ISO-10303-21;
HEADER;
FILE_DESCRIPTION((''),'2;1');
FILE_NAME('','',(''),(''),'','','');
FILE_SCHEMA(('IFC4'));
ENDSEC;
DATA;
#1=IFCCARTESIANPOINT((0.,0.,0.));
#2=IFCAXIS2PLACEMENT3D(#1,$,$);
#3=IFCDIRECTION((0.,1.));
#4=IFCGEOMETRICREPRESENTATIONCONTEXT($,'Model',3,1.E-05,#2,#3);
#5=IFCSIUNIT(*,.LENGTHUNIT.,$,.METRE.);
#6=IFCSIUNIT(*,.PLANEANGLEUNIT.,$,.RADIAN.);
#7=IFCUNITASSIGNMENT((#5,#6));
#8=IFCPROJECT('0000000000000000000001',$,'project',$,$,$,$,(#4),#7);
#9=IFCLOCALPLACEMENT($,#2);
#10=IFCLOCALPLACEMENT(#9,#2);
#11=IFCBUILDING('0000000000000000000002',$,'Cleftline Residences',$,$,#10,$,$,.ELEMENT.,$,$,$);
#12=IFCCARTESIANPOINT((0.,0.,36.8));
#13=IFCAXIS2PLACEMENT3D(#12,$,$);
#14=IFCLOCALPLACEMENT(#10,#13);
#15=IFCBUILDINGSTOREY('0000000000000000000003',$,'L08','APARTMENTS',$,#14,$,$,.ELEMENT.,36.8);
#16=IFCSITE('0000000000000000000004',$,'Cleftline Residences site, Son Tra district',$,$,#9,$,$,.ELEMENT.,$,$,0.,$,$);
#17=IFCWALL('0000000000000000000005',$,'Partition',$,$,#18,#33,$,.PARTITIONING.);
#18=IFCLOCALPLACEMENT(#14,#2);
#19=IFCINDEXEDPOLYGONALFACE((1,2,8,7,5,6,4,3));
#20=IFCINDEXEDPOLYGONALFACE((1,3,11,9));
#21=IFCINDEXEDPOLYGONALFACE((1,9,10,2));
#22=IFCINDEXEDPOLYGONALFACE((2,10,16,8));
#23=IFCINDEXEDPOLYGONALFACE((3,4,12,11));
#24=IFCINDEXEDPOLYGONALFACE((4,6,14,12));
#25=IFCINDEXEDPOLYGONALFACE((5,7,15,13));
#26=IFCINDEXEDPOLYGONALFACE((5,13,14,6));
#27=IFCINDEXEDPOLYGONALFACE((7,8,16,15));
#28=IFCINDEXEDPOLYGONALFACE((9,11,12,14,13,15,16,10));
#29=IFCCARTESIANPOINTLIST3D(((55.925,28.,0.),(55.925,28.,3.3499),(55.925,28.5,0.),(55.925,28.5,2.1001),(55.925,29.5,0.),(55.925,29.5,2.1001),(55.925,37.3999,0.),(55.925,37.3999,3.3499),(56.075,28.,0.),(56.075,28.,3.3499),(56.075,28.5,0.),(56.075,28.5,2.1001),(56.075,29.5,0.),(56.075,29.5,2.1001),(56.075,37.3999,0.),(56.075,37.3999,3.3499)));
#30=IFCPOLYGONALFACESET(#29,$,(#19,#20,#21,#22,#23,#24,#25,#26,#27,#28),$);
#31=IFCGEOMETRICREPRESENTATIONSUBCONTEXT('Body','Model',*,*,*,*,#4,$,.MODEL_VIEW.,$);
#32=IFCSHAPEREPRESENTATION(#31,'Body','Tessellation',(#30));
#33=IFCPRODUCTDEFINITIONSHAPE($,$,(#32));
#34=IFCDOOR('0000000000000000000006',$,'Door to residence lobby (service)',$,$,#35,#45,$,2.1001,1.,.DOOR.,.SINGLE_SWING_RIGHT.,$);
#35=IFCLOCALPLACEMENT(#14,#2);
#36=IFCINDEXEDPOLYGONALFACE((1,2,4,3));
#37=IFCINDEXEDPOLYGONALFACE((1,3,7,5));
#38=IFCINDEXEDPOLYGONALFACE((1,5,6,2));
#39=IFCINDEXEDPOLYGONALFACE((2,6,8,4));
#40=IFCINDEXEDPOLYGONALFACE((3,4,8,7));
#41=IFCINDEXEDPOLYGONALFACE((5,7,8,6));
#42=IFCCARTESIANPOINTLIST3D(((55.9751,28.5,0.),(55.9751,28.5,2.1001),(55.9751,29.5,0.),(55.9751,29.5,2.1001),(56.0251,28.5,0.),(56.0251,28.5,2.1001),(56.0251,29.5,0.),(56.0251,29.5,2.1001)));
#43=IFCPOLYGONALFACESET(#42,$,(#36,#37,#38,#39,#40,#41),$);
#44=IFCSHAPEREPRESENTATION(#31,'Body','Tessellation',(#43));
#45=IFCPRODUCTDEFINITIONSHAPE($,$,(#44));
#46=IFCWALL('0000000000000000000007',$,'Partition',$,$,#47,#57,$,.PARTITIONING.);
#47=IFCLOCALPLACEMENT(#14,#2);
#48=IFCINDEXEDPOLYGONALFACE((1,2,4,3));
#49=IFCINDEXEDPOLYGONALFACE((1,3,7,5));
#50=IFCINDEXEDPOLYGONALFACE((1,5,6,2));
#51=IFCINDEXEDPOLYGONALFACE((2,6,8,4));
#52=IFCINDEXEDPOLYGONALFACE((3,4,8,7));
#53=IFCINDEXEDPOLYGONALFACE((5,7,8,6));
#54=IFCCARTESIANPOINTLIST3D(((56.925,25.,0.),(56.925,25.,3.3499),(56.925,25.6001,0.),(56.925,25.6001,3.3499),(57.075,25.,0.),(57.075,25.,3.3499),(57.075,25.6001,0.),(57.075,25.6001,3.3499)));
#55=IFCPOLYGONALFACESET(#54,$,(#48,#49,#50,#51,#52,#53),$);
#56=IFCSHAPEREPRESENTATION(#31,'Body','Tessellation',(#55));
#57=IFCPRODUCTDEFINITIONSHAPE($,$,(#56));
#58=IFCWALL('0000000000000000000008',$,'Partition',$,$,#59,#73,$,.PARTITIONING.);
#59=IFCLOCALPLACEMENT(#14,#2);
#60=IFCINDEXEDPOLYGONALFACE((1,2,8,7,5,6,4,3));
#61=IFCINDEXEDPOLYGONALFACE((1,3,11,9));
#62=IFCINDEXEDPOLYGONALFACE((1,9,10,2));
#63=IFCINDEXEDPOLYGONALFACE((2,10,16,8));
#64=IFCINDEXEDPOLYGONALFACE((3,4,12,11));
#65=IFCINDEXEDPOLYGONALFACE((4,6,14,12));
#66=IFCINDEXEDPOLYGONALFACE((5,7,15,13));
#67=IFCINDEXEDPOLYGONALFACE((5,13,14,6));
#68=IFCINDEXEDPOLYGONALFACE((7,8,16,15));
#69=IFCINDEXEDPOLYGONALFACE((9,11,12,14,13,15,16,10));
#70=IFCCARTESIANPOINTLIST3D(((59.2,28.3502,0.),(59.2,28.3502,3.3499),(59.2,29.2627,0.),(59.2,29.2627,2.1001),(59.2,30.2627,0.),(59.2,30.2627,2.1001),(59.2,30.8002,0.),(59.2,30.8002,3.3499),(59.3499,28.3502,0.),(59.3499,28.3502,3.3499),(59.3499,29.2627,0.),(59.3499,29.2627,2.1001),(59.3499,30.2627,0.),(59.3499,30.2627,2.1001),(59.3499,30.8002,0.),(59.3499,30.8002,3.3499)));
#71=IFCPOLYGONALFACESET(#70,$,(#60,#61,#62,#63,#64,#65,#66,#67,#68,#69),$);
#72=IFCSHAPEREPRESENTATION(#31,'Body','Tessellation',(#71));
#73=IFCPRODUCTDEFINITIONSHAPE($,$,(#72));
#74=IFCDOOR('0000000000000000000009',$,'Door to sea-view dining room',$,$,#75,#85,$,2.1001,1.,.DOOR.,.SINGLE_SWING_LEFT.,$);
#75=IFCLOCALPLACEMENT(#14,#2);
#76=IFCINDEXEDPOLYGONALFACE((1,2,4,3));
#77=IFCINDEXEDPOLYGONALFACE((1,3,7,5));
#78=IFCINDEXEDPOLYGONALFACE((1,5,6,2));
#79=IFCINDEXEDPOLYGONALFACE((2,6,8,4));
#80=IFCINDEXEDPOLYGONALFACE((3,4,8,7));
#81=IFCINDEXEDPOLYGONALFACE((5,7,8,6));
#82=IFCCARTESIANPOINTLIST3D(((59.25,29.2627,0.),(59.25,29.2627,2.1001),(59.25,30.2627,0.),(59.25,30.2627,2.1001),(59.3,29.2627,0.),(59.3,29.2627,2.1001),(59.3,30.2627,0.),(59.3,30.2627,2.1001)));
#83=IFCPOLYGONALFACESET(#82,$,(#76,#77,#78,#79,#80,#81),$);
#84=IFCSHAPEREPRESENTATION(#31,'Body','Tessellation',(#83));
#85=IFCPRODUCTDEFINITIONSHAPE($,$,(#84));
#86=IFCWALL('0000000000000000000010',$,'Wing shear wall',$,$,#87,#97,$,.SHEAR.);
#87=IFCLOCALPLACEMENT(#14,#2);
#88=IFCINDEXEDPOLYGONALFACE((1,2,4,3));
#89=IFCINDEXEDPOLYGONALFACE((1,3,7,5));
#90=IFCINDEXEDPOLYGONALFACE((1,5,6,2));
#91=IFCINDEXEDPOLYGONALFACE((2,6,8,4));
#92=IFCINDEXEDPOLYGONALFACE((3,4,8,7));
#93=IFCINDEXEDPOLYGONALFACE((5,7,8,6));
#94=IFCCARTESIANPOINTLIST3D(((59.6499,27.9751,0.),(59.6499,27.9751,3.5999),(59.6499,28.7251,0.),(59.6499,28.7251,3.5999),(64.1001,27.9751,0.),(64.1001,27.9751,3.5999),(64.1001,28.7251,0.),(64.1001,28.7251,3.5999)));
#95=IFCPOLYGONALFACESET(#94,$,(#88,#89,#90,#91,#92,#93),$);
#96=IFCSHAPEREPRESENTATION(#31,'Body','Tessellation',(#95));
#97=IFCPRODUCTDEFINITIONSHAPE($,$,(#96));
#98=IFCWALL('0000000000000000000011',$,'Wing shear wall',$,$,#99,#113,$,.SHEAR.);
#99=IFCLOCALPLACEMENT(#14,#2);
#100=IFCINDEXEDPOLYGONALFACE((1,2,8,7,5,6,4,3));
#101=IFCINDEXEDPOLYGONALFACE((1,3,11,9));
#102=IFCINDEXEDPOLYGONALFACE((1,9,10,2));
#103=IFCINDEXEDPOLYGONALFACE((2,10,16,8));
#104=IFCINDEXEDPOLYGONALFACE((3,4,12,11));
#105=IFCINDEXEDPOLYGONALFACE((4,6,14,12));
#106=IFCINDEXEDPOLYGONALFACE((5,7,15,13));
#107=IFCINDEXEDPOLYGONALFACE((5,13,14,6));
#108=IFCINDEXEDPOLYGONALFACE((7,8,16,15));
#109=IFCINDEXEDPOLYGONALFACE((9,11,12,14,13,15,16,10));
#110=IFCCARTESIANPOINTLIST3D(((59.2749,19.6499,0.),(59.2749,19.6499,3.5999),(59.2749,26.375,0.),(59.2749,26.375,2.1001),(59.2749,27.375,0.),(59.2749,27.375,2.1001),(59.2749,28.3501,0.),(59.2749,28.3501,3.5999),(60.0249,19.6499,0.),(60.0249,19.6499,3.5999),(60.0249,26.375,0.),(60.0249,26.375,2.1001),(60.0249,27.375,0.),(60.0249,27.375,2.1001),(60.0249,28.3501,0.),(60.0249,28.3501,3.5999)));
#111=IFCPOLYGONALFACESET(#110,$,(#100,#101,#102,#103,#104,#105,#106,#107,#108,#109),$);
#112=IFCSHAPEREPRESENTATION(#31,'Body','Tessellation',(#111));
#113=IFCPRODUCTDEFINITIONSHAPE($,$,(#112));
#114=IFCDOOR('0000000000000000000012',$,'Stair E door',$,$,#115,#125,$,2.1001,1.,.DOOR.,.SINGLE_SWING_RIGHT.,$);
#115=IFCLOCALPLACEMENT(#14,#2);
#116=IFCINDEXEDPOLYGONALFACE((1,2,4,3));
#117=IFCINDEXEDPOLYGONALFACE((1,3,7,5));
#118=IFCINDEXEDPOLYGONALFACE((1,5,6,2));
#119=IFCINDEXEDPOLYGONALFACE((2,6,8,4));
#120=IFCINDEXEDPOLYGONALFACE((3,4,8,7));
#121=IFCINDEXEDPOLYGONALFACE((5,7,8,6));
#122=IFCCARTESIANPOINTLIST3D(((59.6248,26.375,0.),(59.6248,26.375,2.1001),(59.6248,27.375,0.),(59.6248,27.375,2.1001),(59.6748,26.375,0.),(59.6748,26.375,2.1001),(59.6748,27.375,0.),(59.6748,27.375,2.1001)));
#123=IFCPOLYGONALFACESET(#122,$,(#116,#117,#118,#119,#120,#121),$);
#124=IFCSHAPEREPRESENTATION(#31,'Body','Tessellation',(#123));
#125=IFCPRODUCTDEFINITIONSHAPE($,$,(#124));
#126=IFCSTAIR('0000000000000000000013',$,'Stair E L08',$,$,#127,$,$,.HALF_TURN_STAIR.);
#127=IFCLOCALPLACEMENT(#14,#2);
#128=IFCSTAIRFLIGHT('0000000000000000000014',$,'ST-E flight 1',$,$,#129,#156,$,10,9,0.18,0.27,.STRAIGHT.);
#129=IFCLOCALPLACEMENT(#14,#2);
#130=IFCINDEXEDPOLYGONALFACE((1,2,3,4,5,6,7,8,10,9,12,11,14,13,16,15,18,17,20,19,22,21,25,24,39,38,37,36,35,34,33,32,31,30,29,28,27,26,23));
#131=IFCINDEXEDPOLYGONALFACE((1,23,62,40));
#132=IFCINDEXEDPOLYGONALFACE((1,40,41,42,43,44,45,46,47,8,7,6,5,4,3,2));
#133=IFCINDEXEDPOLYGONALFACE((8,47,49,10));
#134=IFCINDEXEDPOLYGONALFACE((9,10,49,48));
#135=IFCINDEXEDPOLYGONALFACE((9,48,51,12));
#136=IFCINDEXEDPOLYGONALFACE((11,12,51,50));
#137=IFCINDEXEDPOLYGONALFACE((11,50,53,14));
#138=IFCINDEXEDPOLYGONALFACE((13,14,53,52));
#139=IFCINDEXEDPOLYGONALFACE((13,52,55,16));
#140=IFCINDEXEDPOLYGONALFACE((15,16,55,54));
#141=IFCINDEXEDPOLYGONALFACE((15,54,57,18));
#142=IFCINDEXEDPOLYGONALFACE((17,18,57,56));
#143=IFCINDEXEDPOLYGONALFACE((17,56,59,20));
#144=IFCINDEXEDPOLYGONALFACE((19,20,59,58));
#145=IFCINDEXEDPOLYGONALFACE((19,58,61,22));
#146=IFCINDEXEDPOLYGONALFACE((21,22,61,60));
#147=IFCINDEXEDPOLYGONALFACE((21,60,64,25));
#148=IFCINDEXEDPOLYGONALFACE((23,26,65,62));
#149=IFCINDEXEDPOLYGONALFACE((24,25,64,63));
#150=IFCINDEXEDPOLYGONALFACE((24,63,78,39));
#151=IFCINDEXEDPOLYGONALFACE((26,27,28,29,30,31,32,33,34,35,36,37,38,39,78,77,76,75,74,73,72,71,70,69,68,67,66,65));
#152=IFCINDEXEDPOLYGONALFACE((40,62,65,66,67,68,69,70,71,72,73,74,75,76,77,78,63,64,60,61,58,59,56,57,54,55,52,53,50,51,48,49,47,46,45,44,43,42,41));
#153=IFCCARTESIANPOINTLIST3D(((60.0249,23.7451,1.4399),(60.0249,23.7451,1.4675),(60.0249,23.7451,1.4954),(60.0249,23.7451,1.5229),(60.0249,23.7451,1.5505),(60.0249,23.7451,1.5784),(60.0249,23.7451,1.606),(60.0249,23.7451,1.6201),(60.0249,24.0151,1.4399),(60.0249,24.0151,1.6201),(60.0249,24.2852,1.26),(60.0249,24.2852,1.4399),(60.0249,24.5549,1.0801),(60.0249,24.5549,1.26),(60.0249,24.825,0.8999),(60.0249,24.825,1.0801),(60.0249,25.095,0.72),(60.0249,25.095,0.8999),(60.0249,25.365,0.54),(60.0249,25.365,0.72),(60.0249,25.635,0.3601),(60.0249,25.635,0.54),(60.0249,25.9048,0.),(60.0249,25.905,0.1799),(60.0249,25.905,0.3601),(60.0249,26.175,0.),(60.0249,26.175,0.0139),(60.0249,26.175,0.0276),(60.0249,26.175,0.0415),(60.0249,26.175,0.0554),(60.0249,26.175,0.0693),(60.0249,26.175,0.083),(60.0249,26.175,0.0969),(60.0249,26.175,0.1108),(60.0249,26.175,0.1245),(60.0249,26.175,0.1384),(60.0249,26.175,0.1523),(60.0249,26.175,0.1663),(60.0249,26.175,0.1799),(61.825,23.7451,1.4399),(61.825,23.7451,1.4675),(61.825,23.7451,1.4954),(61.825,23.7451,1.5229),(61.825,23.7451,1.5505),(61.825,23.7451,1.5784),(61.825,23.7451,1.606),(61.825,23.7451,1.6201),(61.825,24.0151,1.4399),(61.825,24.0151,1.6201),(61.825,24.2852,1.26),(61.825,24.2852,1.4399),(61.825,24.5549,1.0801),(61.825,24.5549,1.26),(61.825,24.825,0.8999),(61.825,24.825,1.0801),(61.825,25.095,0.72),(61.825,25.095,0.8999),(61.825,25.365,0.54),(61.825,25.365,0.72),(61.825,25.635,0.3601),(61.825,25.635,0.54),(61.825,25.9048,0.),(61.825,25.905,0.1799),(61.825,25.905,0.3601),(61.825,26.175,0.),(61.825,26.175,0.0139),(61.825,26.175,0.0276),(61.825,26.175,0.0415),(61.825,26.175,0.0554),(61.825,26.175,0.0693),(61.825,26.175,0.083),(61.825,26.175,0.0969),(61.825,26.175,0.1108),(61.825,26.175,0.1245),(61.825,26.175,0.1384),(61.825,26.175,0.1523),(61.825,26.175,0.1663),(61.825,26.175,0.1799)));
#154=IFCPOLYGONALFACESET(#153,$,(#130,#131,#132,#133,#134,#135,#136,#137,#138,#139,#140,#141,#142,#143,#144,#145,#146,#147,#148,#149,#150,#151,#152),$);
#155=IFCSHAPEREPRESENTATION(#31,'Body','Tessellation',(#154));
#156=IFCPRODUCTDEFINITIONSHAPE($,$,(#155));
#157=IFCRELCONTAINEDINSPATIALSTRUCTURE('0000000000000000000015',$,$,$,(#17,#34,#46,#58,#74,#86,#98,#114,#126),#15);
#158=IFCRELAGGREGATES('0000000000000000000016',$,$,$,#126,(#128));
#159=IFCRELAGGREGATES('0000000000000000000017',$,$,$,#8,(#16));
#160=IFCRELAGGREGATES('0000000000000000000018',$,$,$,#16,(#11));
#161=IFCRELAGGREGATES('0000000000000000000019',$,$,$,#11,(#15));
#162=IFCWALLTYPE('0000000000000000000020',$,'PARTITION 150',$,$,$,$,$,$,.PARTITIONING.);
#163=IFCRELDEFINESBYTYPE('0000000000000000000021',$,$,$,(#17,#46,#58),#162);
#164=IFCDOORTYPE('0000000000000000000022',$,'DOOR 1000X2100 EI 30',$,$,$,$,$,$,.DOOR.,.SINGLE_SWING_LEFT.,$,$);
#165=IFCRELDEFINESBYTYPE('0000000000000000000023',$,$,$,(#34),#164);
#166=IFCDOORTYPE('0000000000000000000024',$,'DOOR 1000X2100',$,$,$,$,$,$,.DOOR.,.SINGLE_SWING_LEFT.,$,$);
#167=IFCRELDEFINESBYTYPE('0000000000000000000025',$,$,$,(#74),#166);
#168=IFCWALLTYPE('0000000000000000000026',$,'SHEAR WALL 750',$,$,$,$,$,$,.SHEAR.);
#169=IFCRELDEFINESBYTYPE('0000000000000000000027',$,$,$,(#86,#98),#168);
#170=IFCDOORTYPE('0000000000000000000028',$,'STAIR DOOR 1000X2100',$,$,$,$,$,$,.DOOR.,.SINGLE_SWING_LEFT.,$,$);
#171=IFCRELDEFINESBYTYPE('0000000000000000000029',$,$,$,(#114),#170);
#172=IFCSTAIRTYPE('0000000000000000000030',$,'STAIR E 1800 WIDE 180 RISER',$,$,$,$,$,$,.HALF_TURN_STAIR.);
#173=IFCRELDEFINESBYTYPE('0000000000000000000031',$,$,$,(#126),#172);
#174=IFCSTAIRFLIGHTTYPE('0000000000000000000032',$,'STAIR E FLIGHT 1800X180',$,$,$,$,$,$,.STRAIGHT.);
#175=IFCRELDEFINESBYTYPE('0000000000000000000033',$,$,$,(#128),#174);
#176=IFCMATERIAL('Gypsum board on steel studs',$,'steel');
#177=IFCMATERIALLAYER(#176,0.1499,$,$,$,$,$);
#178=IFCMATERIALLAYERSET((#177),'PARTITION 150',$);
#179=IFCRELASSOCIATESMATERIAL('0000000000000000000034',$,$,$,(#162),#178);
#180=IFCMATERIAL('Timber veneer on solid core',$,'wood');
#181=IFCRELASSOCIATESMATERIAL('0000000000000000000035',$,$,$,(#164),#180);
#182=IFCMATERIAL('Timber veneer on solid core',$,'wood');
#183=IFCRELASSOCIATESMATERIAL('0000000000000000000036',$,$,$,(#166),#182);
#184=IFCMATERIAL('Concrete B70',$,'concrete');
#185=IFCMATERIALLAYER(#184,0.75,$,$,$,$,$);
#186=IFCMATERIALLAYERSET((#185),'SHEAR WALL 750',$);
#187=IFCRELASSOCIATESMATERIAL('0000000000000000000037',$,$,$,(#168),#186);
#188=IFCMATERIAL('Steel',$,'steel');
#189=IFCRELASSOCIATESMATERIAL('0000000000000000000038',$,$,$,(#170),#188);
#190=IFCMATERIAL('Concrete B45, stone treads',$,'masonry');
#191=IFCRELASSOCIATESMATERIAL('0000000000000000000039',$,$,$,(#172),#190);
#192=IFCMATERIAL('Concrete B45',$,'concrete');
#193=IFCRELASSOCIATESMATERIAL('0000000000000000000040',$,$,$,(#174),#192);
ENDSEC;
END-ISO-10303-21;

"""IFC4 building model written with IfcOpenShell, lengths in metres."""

from ifc_helpers import new_model, si_unit, direction, frame, frame_2d, origin, place, context, subcontext, project, spatial, polyline, rectangle, outline, extrude, material, layer, layer_set, type_object, element, fill, aggregate, save


model = new_model("IFC4")

# Units and contexts
model_context = context("Model", 3, precision=1e-05, world=origin(), true_north=direction((0.0, 1.0)))
body_context = subcontext(model_context, "Body", "Model", "MODEL_VIEW")
ifc_project = project(units=[si_unit("LENGTHUNIT", "METRE"), si_unit("PLANEANGLEUNIT", "RADIAN")], contexts=[model_context])

# Site, building, storey
site_placement = place(None, origin())
site = spatial("IfcSite", under=ifc_project, at=site_placement, Name="Cleftline Residences site, Son Tra district", CompositionType="ELEMENT", RefElevation=0.0)
building_placement = place(site_placement, origin())
building = spatial("IfcBuilding", under=site, at=building_placement, Name="Cleftline Residences", CompositionType="ELEMENT")
storey_placement = place(building_placement, frame((0.0, 0.0, 36.8)))
storey = spatial("IfcBuildingStorey", under=building, at=storey_placement, Name="L08", Description="APARTMENTS", CompositionType="ELEMENT", Elevation=36.8)

# Shared definitions
ifc_material_1 = material(Name="Gypsum board on steel studs", Category="steel")
ifc_layer_1 = layer(ifc_material_1, 0.1499)
ifc_layer_set_1 = layer_set([ifc_layer_1], Name="PARTITION 150")
wall_type_1 = type_object("IfcWallType", Name="PARTITION 150", PredefinedType="PARTITIONING", material=ifc_layer_set_1)

# Wall, opening, door
wall_1_placement = place(storey_placement, frame((56.0, 28.0, 0.0), z_axis=(0.0, 0.0, 1.0), x_axis=(0.0, 1.0, 0.0)))
wall_1 = element("IfcWall", 1, at=wall_1_placement, inside=storey, type_object=wall_type_1, Name="Partition", PredefinedType="PARTITIONING", context=body_context, shape_type="SweptSolid", body=[
    extrude(rectangle(XDim=9.3999, YDim=0.1499, at=frame_2d((4.7, 0.0))), origin(), (0.0, 0.0, 1.0), 3.3499),
])
opening_1_placement = place(wall_1_placement, frame((0.5, 0.0, 0.0)))
opening_1 = element("IfcOpeningElement", 2, at=opening_1_placement, cuts=wall_1, PredefinedType="OPENING", context=body_context, shape_type="SweptSolid", body=[
    extrude(rectangle(XDim=1.0, YDim=2.1001, at=frame_2d((0.5, 1.05))), frame((0.0, 0.085, 0.0), z_axis=(0.0, -1.0, 0.0), x_axis=(1.0, 0.0, 0.0)), (0.0, 0.0, 1.0), 0.1699),
])
ifc_material_2 = material(Name="Timber veneer on solid core", Category="wood")
door_type_1 = type_object("IfcDoorType", Name="DOOR 1000X2100 EI 30", OperationType="SINGLE_SWING_LEFT", PredefinedType="DOOR", material=ifc_material_2)
door_1_placement = place(opening_1_placement, origin())
door_1 = element("IfcDoor", 3, at=door_1_placement, inside=storey, type_object=door_type_1, Name="Door to residence lobby (service)", OperationType="SINGLE_SWING_RIGHT", OverallHeight=2.1001, OverallWidth=1.0, PredefinedType="DOOR", context=body_context, shape_type="SweptSolid", body=[
    extrude(rectangle(XDim=1.0, YDim=2.1001, at=frame_2d((0.5, 1.05))), frame((0.0, 0.0249, 0.0), z_axis=(0.0, -1.0, 0.0), x_axis=(1.0, 0.0, 0.0)), (0.0, 0.0, 1.0), 0.05),
])
fill(opening_1, door_1)

# Wall
wall_2_placement = place(storey_placement, frame((57.0, 25.0, 0.0), z_axis=(0.0, 0.0, 1.0), x_axis=(0.0, 1.0, 0.0)))
element("IfcWall", 4, at=wall_2_placement, inside=storey, type_object=wall_type_1, Name="Partition", PredefinedType="PARTITIONING", context=body_context, shape_type="SweptSolid", body=[
    extrude(rectangle(XDim=0.6001, YDim=0.1499, at=frame_2d((0.3, 0.0))), origin(), (0.0, 0.0, 1.0), 3.3499),
])

# Wall, opening, door
wall_3_placement = place(storey_placement, frame((59.2749, 28.3501, 0.0), z_axis=(0.0, 0.0, 1.0), x_axis=(0.0, 1.0, 0.0)))
wall_3 = element("IfcWall", 5, at=wall_3_placement, inside=storey, type_object=wall_type_1, Name="Partition", PredefinedType="PARTITIONING", context=body_context, shape_type="SweptSolid", body=[
    extrude(rectangle(XDim=2.45, YDim=0.1499, at=frame_2d((1.2251, 0.0))), origin(), (0.0, 0.0, 1.0), 3.3499),
])
opening_2_placement = place(wall_3_placement, frame((0.9126, 0.0, 0.0)))
opening_2 = element("IfcOpeningElement", 6, at=opening_2_placement, cuts=wall_3, PredefinedType="OPENING", context=body_context, shape_type="SweptSolid", body=[
    extrude(rectangle(XDim=1.0, YDim=2.1001, at=frame_2d((0.5, 1.05))), frame((0.0, 0.085, 0.0), z_axis=(0.0, -1.0, 0.0), x_axis=(1.0, 0.0, 0.0)), (0.0, 0.0, 1.0), 0.1699),
])
ifc_material_3 = material(Name="Timber veneer on solid core", Category="wood")
door_type_2 = type_object("IfcDoorType", Name="DOOR 1000X2100", OperationType="SINGLE_SWING_LEFT", PredefinedType="DOOR", material=ifc_material_3)
door_2_placement = place(opening_2_placement, origin())
door_2 = element("IfcDoor", 7, at=door_2_placement, inside=storey, type_object=door_type_2, Name="Door to sea-view dining room", OperationType="SINGLE_SWING_LEFT", OverallHeight=2.1001, OverallWidth=1.0, PredefinedType="DOOR", context=body_context, shape_type="SweptSolid", body=[
    extrude(rectangle(XDim=1.0, YDim=2.1001, at=frame_2d((0.5, 1.05))), frame((0.0, 0.0249, 0.0), z_axis=(0.0, -1.0, 0.0), x_axis=(1.0, 0.0, 0.0)), (0.0, 0.0, 1.0), 0.05),
])
fill(opening_2, door_2)

# Wall
ifc_material_4 = material(Name="Concrete B70", Category="concrete")
ifc_layer_2 = layer(ifc_material_4, 0.75)
ifc_layer_set_2 = layer_set([ifc_layer_2], Name="SHEAR WALL 750")
wall_type_2 = type_object("IfcWallType", Name="SHEAR WALL 750", PredefinedType="SHEAR", material=ifc_layer_set_2)
wall_4_placement = place(storey_placement, frame((64.1001, 28.3501, 0.0), z_axis=(0.0, 0.0, 1.0), x_axis=(-1.0, 0.0, 0.0)))
element("IfcWall", 8, at=wall_4_placement, inside=storey, type_object=wall_type_2, Name="Wing shear wall", PredefinedType="SHEAR", context=body_context, shape_type="SweptSolid", body=[
    extrude(rectangle(XDim=4.4502, YDim=0.75, at=frame_2d((2.2251, 0.0))), origin(), (0.0, 0.0, 1.0), 3.5999),
])

# Wall, opening, door
wall_5_placement = place(storey_placement, frame((59.6499, 28.3501, 0.0), z_axis=(0.0, 0.0, 1.0), x_axis=(0.0, -1.0, 0.0)))
wall_5 = element("IfcWall", 9, at=wall_5_placement, inside=storey, type_object=wall_type_2, Name="Wing shear wall", PredefinedType="SHEAR", context=body_context, shape_type="SweptSolid", body=[
    extrude(rectangle(XDim=8.7002, YDim=0.75, at=frame_2d((4.3501, 0.0))), origin(), (0.0, 0.0, 1.0), 3.5999),
])
opening_3_placement = place(wall_5_placement, frame((0.9751, 0.0, 0.0)))
opening_3 = element("IfcOpeningElement", 10, at=opening_3_placement, cuts=wall_5, PredefinedType="OPENING", context=body_context, shape_type="SweptSolid", body=[
    extrude(rectangle(XDim=1.0, YDim=2.1001, at=frame_2d((0.5, 1.05))), frame((0.0, 0.385, 0.0), z_axis=(0.0, -1.0, 0.0), x_axis=(1.0, 0.0, 0.0)), (0.0, 0.0, 1.0), 0.77),
])
ifc_material_5 = material(Name="Steel", Category="steel")
door_type_3 = type_object("IfcDoorType", Name="STAIR DOOR 1000X2100", OperationType="SINGLE_SWING_LEFT", PredefinedType="DOOR", material=ifc_material_5)
door_3_placement = place(opening_3_placement, origin())
door_3 = element("IfcDoor", 11, at=door_3_placement, inside=storey, type_object=door_type_3, Name="Stair E door", OperationType="SINGLE_SWING_RIGHT", OverallHeight=2.1001, OverallWidth=1.0, PredefinedType="DOOR", context=body_context, shape_type="SweptSolid", body=[
    extrude(rectangle(XDim=1.0, YDim=2.1001, at=frame_2d((0.5, 1.05))), frame((0.0, 0.0249, 0.0), z_axis=(0.0, -1.0, 0.0), x_axis=(1.0, 0.0, 0.0)), (0.0, 0.0, 1.0), 0.05),
])
fill(opening_3, door_3)

# Stair, stair flight
ifc_material_6 = material(Name="Concrete B45, stone treads", Category="masonry")
stair_type = type_object("IfcStairType", Name="STAIR E 1800 WIDE 180 RISER", PredefinedType="HALF_TURN_STAIR", material=ifc_material_6)
stair_placement = place(storey_placement, origin())
stair = element("IfcStair", 12, at=stair_placement, inside=storey, type_object=stair_type, Name="Stair E L08", PredefinedType="HALF_TURN_STAIR")
ifc_material_7 = material(Name="Concrete B45", Category="concrete")
stair_flight_type = type_object("IfcStairFlightType", Name="STAIR E FLIGHT 1800X180", PredefinedType="STRAIGHT", material=ifc_material_7)
stair_flight_placement = place(storey_placement, frame((60.925, 26.175, 0.0), z_axis=(0.0, 0.0, 1.0), x_axis=(0.0, -1.0, 0.0)))
stair_flight = element("IfcStairFlight", 13, at=stair_flight_placement, type_object=stair_flight_type, Name="ST-E flight 1", NumberOfRisers=10, NumberOfTreads=9, PredefinedType="STRAIGHT", RiserHeight=0.18, TreadLength=0.27, context=body_context, shape_type="SweptSolid", body=[
    extrude(outline(polyline([(0.0, 0.0), (0.0, 0.0139), (0.0, 0.0276), (0.0, 0.0415), (0.0, 0.0554), (0.0, 0.0693), (0.0, 0.083), (0.0, 0.0969), (0.0, 0.1108), (0.0, 0.1245), (0.0, 0.1384), (0.0, 0.1523), (0.0, 0.1663), (0.0, 0.1799), (0.27, 0.1799), (0.27, 0.3601), (0.54, 0.3601), (0.54, 0.54), (0.8101, 0.54), (0.8101, 0.72), (1.0801, 0.72), (1.0801, 0.8999), (1.3501, 0.8999), (1.3501, 1.0801), (1.6201, 1.0801), (1.6201, 1.26), (1.8899, 1.26), (1.8899, 1.4399), (2.1599, 1.4399), (2.1599, 1.6201), (2.4299, 1.6201), (2.4299, 1.8), (2.4299, 1.7722), (2.4299, 1.7446), (2.4299, 1.7168), (2.4299, 1.6892), (2.4299, 1.6614), (2.4299, 1.6338), (2.4299, 1.606), (2.4299, 1.5784), (2.4299, 1.5505), (2.4299, 1.5229), (2.4299, 1.4954), (2.4299, 1.4675), (2.4299, 1.4399), (0.2703, 0.0), (0.0, 0.0)])), frame((0.0, 0.8999, 0.0), z_axis=(0.0, -1.0, 0.0), x_axis=(1.0, 0.0, 0.0)), (0.0, 0.0, 1.0), 1.8),
])
aggregate(stair, [stair_flight])

save(model, "model.ifc")
